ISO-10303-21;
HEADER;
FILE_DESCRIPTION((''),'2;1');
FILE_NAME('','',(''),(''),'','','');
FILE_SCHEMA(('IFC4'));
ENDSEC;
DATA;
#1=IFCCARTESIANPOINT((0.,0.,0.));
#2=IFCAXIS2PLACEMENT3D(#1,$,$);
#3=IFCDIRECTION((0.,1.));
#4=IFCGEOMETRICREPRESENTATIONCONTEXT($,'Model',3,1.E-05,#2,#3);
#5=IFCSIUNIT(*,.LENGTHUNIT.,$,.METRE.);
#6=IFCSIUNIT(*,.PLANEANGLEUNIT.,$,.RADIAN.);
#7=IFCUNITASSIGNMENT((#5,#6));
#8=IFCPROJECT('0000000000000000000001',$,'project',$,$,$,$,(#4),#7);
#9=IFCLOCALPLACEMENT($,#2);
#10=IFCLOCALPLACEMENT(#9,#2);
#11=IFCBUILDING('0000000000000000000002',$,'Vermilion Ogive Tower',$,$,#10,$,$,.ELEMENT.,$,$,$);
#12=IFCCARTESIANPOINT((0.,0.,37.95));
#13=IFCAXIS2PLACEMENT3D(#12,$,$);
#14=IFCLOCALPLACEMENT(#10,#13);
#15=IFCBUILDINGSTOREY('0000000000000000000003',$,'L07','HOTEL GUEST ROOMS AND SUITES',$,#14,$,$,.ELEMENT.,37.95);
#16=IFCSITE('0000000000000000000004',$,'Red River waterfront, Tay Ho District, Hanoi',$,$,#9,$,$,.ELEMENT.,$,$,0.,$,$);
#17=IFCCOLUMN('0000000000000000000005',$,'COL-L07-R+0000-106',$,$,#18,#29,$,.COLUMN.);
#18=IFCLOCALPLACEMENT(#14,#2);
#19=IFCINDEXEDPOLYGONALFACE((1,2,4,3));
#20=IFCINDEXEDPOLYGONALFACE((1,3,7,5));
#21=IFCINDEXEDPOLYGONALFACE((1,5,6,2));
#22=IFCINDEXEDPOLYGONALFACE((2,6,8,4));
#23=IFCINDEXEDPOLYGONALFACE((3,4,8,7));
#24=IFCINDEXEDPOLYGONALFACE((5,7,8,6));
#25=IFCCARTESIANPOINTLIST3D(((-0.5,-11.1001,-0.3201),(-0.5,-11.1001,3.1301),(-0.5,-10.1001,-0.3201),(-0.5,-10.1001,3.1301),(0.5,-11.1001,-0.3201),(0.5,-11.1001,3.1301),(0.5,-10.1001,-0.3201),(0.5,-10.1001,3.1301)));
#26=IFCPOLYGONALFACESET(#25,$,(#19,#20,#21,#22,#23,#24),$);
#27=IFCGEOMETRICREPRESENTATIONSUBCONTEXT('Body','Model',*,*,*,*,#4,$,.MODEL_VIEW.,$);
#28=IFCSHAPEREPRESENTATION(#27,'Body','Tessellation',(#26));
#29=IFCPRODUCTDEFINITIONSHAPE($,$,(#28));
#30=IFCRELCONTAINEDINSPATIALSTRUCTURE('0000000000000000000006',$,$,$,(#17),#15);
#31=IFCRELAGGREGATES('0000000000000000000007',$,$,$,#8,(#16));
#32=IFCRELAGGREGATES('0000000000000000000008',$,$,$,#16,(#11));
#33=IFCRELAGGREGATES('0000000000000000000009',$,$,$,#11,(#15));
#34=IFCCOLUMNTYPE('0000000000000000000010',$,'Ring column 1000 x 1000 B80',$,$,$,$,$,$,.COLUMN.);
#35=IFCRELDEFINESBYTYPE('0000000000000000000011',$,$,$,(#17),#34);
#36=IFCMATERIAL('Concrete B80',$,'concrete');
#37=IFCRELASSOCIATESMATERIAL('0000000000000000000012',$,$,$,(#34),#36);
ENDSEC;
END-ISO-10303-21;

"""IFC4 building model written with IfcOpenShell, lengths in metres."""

from ifc_helpers import new_model, si_unit, direction, frame, origin, origin_2d, place, context, subcontext, project, spatial, rectangle, extrude, material, material_profile, profile_set, type_object, element, save


model = new_model("IFC4")

# Units and contexts
model_context = context("Model", 3, precision=1e-05, world=origin(), true_north=direction((0.0, 1.0)))
body_context = subcontext(model_context, "Body", "Model", "MODEL_VIEW")
ifc_project = project(units=[si_unit("LENGTHUNIT", "METRE"), si_unit("PLANEANGLEUNIT", "RADIAN")], contexts=[model_context])

# Site, building, storey
site_placement = place(None, origin())
site = spatial("IfcSite", under=ifc_project, at=site_placement, Name="Red River waterfront, Tay Ho District, Hanoi", CompositionType="ELEMENT", RefElevation=0.0)
building_placement = place(site_placement, origin())
building = spatial("IfcBuilding", under=site, at=building_placement, Name="Vermilion Ogive Tower", CompositionType="ELEMENT")
storey_placement = place(building_placement, frame((0.0, 0.0, 37.95)))
storey = spatial("IfcBuildingStorey", under=building, at=storey_placement, Name="L07", Description="HOTEL GUEST ROOMS AND SUITES", CompositionType="ELEMENT", Elevation=37.95)

# Column
ifc_material_1 = material(Name="Concrete B80", Category="concrete")
ifc_material_profile = material_profile(ifc_material_1, rectangle(XDim=1.0, YDim=1.0, at=origin_2d()), Name="1000 x 1000")
ifc_profile_set = profile_set([ifc_material_profile], Name="Concrete B80")
column_type = type_object("IfcColumnType", Name="Ring column 1000 x 1000 B80", PredefinedType="COLUMN", material=ifc_profile_set)
column_placement = place(storey_placement, frame((0.0, -10.6001, -0.3201), z_axis=(0.0, 0.0, 1.0), x_axis=(1.0, 0.0, 0.0)))
element("IfcColumn", 1, at=column_placement, inside=storey, type_object=column_type, Name="COL-L07-R+0000-106", PredefinedType="COLUMN", context=body_context, shape_type="SweptSolid", body=[
    extrude(rectangle(XDim=1.0, YDim=1.0, at=origin_2d()), origin(), (0.0, 0.0, 1.0), 3.4502),
])

save(model, "model.ifc")
